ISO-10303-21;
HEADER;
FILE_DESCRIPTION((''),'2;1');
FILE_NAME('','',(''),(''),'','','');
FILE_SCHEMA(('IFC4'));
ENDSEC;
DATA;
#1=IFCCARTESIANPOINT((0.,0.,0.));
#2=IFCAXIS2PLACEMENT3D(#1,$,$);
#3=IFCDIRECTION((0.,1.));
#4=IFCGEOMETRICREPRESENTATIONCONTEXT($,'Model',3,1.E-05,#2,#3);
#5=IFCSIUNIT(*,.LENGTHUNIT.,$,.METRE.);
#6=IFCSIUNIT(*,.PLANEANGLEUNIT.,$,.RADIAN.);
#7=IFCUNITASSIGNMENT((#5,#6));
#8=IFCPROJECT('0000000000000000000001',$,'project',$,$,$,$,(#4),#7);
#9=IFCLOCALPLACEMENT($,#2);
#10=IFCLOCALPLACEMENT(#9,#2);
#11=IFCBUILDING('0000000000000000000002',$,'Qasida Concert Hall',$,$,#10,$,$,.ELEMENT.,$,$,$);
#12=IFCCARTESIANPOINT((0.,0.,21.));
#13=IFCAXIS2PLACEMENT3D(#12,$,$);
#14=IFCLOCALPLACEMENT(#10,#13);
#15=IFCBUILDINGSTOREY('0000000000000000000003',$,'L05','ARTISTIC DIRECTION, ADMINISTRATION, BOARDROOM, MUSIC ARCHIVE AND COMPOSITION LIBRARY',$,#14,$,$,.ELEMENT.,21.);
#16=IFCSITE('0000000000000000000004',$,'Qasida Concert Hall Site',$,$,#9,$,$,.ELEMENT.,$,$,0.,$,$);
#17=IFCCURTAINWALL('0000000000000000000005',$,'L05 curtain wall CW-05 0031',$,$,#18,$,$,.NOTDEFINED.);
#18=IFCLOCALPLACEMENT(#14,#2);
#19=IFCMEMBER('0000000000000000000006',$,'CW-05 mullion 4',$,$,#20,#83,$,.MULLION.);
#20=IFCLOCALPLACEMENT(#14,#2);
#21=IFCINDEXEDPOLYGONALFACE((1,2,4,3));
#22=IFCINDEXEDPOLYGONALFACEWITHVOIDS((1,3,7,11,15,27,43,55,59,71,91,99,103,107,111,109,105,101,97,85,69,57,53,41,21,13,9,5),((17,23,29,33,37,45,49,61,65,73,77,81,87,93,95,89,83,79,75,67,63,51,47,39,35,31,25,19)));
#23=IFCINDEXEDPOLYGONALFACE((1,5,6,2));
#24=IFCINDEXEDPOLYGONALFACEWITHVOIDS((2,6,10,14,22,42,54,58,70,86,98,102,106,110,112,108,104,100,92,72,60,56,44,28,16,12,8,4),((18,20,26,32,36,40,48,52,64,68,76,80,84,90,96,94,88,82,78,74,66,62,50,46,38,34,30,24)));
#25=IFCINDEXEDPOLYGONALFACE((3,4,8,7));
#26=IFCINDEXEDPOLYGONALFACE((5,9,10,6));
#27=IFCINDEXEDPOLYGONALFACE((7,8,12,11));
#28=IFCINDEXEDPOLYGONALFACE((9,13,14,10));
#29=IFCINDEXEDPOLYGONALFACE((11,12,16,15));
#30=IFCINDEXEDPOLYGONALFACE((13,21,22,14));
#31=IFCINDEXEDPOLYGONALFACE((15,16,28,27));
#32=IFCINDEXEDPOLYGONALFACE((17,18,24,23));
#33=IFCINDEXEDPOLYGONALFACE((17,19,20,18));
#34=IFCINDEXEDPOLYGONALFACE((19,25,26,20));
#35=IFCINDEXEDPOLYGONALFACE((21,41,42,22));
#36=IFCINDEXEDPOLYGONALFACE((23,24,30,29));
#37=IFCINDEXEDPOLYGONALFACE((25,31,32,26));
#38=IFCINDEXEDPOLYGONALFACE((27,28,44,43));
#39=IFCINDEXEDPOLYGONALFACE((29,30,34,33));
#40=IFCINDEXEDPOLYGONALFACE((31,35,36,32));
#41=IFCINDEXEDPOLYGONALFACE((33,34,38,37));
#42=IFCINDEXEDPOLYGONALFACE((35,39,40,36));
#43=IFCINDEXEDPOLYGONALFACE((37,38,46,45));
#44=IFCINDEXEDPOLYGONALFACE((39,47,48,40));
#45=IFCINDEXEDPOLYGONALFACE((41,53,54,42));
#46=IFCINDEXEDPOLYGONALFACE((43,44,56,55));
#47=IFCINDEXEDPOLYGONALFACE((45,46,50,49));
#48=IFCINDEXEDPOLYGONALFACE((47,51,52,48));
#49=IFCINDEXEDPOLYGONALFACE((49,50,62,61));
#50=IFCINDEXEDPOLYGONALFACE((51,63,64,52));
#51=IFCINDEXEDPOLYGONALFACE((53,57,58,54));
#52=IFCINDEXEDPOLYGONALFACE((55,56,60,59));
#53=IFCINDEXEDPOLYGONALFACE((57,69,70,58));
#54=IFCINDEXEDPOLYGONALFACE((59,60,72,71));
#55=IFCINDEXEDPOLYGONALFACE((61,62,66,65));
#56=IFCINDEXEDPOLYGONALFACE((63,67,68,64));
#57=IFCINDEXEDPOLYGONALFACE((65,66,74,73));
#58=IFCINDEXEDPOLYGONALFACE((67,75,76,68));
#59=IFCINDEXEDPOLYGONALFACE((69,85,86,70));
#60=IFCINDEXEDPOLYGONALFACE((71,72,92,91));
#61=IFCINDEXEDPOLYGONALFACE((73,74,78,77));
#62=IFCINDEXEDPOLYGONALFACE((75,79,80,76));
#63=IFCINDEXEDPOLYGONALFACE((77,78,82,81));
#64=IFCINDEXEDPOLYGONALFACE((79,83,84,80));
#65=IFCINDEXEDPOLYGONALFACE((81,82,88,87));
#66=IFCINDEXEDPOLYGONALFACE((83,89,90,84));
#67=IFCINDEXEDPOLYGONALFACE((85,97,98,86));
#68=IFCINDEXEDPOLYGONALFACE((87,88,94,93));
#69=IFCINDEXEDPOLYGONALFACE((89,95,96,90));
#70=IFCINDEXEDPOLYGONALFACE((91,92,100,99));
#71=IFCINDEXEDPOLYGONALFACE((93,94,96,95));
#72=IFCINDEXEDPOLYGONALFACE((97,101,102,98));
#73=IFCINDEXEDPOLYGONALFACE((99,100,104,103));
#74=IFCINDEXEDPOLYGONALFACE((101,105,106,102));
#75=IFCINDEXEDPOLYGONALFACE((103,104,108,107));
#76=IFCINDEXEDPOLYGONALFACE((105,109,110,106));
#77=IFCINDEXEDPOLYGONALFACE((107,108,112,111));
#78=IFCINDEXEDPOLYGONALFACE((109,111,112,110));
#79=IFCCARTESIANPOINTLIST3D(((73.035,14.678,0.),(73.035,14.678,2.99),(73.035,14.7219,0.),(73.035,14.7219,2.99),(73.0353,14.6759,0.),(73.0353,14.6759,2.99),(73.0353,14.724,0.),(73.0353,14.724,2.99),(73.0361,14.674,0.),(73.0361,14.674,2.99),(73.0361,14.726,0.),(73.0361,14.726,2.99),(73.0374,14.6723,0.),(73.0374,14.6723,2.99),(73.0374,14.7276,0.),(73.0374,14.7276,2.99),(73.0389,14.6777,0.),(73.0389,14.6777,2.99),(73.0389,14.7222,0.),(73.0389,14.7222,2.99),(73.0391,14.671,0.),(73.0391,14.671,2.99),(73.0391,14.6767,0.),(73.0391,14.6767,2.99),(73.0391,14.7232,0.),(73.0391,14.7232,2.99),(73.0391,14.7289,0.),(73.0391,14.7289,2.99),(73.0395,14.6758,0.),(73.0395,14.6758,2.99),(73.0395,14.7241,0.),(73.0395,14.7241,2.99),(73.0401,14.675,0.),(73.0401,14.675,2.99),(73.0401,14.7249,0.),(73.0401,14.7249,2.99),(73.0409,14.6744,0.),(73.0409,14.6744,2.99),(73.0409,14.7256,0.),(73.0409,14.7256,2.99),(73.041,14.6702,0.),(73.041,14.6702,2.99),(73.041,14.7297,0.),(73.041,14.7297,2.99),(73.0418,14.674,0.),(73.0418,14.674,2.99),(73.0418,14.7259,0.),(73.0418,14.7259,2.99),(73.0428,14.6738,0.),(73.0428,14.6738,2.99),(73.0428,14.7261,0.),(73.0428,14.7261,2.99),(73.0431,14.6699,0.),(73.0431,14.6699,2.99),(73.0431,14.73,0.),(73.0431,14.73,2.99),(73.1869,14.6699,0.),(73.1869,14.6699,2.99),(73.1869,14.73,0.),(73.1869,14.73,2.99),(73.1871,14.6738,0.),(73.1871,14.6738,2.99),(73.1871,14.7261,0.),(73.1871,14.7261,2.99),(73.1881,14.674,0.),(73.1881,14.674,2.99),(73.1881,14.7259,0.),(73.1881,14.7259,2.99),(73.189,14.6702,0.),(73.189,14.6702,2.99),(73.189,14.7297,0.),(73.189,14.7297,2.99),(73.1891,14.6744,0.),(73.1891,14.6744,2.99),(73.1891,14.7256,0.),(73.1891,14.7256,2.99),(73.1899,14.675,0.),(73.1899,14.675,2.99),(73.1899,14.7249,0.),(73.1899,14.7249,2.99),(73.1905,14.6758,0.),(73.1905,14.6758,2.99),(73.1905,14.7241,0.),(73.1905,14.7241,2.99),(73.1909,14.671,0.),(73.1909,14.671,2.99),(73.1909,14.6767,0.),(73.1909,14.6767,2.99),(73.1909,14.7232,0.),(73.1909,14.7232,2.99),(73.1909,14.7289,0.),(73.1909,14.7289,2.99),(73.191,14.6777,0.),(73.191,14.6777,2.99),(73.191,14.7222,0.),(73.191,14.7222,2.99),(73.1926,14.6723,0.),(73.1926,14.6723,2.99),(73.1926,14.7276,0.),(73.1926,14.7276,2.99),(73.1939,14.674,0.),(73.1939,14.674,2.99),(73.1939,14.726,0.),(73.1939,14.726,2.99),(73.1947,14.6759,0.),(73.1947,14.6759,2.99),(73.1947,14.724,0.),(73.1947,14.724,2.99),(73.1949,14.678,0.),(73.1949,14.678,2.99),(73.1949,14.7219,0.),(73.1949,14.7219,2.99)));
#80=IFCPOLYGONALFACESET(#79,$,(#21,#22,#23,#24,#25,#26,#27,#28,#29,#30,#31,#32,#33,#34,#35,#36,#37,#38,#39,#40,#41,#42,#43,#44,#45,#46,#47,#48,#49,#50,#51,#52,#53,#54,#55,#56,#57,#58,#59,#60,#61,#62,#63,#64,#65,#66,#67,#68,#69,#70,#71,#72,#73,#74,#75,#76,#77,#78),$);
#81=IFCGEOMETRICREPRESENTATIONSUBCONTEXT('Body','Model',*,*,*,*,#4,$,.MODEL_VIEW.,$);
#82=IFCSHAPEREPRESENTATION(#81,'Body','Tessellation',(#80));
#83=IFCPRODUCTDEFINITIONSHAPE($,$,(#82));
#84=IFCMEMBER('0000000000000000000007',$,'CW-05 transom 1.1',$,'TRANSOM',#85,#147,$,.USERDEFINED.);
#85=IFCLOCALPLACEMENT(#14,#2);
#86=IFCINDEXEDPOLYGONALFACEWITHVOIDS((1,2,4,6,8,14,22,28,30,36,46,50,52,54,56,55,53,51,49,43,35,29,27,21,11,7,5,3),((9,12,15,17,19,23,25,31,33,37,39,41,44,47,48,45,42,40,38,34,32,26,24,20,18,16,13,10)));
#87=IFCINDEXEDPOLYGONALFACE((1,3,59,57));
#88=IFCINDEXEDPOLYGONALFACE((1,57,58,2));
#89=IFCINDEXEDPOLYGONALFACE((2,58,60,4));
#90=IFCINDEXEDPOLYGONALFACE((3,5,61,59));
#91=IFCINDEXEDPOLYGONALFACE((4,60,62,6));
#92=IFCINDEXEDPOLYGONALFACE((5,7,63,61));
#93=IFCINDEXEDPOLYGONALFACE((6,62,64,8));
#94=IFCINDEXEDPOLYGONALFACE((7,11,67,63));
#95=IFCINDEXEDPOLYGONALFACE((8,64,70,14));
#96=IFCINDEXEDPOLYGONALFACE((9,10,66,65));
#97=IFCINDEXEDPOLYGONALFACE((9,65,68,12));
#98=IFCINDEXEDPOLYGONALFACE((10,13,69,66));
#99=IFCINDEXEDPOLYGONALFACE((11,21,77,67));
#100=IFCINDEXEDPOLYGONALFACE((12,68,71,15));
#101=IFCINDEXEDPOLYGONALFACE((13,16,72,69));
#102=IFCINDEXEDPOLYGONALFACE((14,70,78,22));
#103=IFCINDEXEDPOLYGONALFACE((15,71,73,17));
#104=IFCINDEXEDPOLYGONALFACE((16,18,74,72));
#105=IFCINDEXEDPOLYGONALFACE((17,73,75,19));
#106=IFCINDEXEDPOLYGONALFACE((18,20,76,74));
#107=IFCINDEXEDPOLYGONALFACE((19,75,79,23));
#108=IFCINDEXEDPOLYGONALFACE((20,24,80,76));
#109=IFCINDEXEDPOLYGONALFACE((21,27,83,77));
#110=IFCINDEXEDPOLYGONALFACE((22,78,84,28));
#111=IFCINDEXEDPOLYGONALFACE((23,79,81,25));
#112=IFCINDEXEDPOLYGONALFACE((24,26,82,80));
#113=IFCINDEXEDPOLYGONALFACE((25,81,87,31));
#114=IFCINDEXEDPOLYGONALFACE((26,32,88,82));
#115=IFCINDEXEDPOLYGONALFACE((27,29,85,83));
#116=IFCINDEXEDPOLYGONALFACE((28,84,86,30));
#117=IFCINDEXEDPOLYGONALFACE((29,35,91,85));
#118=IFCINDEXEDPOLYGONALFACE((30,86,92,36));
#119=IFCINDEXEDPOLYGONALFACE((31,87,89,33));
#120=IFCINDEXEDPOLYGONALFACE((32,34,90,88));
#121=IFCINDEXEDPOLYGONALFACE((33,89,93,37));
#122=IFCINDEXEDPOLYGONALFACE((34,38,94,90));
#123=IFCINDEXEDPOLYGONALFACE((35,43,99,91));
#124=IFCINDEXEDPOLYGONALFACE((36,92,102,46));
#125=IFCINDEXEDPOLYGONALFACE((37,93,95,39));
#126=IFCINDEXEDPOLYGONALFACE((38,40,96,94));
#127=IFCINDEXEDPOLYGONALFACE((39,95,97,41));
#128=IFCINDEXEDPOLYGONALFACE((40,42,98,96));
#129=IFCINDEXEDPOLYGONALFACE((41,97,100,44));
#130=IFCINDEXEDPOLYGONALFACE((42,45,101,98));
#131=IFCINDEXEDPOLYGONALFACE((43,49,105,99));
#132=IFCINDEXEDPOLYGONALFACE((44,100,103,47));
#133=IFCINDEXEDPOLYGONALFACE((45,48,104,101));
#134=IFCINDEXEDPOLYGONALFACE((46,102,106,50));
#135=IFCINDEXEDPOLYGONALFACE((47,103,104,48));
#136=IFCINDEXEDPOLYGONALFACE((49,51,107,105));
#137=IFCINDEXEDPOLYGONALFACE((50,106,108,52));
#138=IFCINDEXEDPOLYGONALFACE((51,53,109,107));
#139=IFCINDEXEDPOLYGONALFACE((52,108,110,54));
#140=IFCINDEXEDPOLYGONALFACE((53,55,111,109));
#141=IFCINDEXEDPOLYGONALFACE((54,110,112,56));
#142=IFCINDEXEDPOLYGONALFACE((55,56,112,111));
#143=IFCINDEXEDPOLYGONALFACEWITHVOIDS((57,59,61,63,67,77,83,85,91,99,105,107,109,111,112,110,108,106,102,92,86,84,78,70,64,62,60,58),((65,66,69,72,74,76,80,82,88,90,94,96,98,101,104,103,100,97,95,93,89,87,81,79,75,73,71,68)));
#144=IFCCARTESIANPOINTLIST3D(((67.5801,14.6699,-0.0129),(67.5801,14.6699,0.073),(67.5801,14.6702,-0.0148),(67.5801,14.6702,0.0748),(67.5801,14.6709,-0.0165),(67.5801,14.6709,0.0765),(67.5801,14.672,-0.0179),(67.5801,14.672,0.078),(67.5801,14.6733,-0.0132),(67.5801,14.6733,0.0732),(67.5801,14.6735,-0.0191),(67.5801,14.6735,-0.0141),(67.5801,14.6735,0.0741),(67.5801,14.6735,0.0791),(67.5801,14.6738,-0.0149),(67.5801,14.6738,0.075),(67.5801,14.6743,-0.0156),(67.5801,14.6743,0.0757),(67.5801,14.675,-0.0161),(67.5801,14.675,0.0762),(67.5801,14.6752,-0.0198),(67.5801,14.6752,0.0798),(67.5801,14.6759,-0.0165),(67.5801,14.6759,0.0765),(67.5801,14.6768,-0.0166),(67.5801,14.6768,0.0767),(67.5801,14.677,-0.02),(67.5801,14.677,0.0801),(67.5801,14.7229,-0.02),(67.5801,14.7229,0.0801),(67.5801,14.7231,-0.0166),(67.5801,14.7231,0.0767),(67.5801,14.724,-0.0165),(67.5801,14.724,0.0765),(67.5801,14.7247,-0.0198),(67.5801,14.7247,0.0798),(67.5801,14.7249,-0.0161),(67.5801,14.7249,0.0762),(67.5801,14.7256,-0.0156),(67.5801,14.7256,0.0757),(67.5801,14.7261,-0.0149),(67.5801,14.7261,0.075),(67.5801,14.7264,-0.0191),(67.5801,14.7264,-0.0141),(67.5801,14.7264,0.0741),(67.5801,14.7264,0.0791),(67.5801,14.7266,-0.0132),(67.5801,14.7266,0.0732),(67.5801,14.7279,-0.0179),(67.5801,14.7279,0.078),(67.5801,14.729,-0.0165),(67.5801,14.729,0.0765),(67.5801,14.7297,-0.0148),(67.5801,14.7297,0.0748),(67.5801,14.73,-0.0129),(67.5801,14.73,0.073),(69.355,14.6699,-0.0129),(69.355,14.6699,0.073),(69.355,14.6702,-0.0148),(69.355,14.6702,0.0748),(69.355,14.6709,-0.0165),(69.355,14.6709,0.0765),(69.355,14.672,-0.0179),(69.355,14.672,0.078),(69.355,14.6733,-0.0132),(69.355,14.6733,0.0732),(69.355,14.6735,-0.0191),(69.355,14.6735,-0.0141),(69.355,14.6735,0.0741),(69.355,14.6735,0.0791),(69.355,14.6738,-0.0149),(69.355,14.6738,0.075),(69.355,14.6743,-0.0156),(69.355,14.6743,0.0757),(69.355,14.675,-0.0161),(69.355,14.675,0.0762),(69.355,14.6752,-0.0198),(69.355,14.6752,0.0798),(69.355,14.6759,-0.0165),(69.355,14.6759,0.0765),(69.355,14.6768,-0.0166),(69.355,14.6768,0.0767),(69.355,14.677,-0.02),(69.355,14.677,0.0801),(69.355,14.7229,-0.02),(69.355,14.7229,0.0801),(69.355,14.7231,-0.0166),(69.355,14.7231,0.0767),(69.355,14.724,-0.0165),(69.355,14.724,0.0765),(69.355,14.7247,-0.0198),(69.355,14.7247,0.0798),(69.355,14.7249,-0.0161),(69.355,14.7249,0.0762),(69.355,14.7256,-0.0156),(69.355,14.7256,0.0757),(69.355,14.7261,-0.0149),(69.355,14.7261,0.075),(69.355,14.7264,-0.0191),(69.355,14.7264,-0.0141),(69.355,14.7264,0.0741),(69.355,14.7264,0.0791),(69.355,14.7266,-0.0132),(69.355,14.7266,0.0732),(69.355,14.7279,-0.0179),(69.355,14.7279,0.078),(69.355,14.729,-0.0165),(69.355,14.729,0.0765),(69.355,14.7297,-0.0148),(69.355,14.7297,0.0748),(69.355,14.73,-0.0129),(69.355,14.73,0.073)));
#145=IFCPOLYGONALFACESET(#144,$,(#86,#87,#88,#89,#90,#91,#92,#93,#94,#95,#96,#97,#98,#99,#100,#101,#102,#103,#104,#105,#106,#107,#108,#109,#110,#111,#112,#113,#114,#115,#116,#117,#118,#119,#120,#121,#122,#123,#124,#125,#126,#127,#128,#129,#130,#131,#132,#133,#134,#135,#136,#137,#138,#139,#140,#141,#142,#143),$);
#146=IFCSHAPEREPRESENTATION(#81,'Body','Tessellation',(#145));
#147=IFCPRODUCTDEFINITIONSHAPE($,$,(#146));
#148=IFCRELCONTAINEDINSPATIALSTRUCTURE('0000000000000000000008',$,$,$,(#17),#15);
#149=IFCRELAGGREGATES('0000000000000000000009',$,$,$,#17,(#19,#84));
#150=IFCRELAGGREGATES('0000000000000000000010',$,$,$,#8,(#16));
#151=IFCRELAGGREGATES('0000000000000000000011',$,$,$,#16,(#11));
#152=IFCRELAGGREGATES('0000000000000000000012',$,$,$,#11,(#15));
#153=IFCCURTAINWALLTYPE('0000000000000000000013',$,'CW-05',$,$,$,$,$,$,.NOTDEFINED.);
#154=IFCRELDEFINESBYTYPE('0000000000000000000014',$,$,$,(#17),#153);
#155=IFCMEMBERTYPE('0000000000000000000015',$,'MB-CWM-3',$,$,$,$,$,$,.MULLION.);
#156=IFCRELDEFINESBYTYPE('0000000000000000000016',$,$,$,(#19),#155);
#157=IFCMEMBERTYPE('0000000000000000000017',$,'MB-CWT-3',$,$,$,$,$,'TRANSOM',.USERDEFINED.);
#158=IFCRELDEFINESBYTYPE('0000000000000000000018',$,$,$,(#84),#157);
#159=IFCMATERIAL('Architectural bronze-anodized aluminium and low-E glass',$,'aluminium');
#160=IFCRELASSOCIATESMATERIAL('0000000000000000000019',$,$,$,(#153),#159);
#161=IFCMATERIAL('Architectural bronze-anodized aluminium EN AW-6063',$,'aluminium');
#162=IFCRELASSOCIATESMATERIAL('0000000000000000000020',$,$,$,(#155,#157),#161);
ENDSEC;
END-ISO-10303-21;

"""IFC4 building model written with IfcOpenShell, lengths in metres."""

from ifc_helpers import new_model, si_unit, direction, frame, origin, origin_2d, place, context, subcontext, project, spatial, hollow_rectangle, extrude, material, material_profile, profile_set, type_object, element, aggregate, save


model = new_model("IFC4")

# Units and contexts
model_context = context("Model", 3, precision=1e-05, world=origin(), true_north=direction((0.0, 1.0)))
body_context = subcontext(model_context, "Body", "Model", "MODEL_VIEW")
ifc_project = project(units=[si_unit("LENGTHUNIT", "METRE"), si_unit("PLANEANGLEUNIT", "RADIAN")], contexts=[model_context])

# Site, building, storey
site_placement = place(None, origin())
site = spatial("IfcSite", under=ifc_project, at=site_placement, Name="Qasida Concert Hall Site", CompositionType="ELEMENT", RefElevation=0.0)
building_placement = place(site_placement, origin())
building = spatial("IfcBuilding", under=site, at=building_placement, Name="Qasida Concert Hall", CompositionType="ELEMENT")
storey_placement = place(building_placement, frame((0.0, 0.0, 21.0)))
storey = spatial("IfcBuildingStorey", under=building, at=storey_placement, Name="L05", Description="ARTISTIC DIRECTION, ADMINISTRATION, BOARDROOM, MUSIC ARCHIVE AND COMPOSITION LIBRARY", CompositionType="ELEMENT", Elevation=21.0)

# Curtain wall, members
ifc_material_1 = material(Name="Architectural bronze-anodized aluminium and low-E glass", Category="aluminium")
curtain_wall_type = type_object("IfcCurtainWallType", Name="CW-05", PredefinedType="NOTDEFINED", material=ifc_material_1)
curtain_wall_placement = place(storey_placement, origin())
curtain_wall = element("IfcCurtainWall", 1, at=curtain_wall_placement, inside=storey, type_object=curtain_wall_type, Name="L05 curtain wall CW-05 0031", PredefinedType="NOTDEFINED")
ifc_material_2 = material(Name="Architectural bronze-anodized aluminium EN AW-6063", Category="aluminium")
ifc_material_profile_1 = material_profile(ifc_material_2, hollow_rectangle(XDim=0.0601, YDim=0.1599, WallThickness=0.0039, InnerFilletRadius=0.0039, OuterFilletRadius=0.0081, at=origin_2d()), Name="CWM 160x60x4")
ifc_profile_set_1 = profile_set([ifc_material_profile_1], Name="Architectural bronze-anodized aluminium EN AW-6063")
member_type_1 = type_object("IfcMemberType", Name="MB-CWM-3", PredefinedType="MULLION", material=ifc_profile_set_1)
member_1_placement = place(storey_placement, frame((73.115, 14.7, 0.0), z_axis=(0.0, 0.0, 1.0), x_axis=(0.0, 1.0, 0.0)))
member_1 = element("IfcMember", 2, at=member_1_placement, type_object=member_type_1, Name="CW-05 mullion 4", PredefinedType="MULLION", context=body_context, shape_type="SweptSolid", body=[
    extrude(hollow_rectangle(XDim=0.0601, YDim=0.1599, WallThickness=0.0039, InnerFilletRadius=0.0039, OuterFilletRadius=0.0081, at=origin_2d()), origin(), (0.0, 0.0, 1.0), 2.99),
])
ifc_material_profile_2 = material_profile(ifc_material_2, hollow_rectangle(XDim=0.0601, YDim=0.1001, WallThickness=0.0034, InnerFilletRadius=0.0034, OuterFilletRadius=0.0071, at=origin_2d()), Name="CWT 100x60x3.5")
ifc_profile_set_2 = profile_set([ifc_material_profile_2], Name="Architectural bronze-anodized aluminium EN AW-6063")
member_type_2 = type_object("IfcMemberType", Name="MB-CWT-3", ElementType="TRANSOM", PredefinedType="USERDEFINED", material=ifc_profile_set_2)
member_2_placement = place(storey_placement, frame((67.5801, 14.7, 0.03), z_axis=(1.0, 0.0, 0.0), x_axis=(0.0, 1.0, 0.0)))
member_2 = element("IfcMember", 3, at=member_2_placement, type_object=member_type_2, Name="CW-05 transom 1.1", ObjectType="TRANSOM", PredefinedType="USERDEFINED", context=body_context, shape_type="SweptSolid", body=[
    extrude(hollow_rectangle(XDim=0.0601, YDim=0.1001, WallThickness=0.0034, InnerFilletRadius=0.0034, OuterFilletRadius=0.0071, at=origin_2d()), origin(), (0.0, 0.0, 1.0), 1.7749),
])
aggregate(curtain_wall, [member_1, member_2])

save(model, "model.ifc")
